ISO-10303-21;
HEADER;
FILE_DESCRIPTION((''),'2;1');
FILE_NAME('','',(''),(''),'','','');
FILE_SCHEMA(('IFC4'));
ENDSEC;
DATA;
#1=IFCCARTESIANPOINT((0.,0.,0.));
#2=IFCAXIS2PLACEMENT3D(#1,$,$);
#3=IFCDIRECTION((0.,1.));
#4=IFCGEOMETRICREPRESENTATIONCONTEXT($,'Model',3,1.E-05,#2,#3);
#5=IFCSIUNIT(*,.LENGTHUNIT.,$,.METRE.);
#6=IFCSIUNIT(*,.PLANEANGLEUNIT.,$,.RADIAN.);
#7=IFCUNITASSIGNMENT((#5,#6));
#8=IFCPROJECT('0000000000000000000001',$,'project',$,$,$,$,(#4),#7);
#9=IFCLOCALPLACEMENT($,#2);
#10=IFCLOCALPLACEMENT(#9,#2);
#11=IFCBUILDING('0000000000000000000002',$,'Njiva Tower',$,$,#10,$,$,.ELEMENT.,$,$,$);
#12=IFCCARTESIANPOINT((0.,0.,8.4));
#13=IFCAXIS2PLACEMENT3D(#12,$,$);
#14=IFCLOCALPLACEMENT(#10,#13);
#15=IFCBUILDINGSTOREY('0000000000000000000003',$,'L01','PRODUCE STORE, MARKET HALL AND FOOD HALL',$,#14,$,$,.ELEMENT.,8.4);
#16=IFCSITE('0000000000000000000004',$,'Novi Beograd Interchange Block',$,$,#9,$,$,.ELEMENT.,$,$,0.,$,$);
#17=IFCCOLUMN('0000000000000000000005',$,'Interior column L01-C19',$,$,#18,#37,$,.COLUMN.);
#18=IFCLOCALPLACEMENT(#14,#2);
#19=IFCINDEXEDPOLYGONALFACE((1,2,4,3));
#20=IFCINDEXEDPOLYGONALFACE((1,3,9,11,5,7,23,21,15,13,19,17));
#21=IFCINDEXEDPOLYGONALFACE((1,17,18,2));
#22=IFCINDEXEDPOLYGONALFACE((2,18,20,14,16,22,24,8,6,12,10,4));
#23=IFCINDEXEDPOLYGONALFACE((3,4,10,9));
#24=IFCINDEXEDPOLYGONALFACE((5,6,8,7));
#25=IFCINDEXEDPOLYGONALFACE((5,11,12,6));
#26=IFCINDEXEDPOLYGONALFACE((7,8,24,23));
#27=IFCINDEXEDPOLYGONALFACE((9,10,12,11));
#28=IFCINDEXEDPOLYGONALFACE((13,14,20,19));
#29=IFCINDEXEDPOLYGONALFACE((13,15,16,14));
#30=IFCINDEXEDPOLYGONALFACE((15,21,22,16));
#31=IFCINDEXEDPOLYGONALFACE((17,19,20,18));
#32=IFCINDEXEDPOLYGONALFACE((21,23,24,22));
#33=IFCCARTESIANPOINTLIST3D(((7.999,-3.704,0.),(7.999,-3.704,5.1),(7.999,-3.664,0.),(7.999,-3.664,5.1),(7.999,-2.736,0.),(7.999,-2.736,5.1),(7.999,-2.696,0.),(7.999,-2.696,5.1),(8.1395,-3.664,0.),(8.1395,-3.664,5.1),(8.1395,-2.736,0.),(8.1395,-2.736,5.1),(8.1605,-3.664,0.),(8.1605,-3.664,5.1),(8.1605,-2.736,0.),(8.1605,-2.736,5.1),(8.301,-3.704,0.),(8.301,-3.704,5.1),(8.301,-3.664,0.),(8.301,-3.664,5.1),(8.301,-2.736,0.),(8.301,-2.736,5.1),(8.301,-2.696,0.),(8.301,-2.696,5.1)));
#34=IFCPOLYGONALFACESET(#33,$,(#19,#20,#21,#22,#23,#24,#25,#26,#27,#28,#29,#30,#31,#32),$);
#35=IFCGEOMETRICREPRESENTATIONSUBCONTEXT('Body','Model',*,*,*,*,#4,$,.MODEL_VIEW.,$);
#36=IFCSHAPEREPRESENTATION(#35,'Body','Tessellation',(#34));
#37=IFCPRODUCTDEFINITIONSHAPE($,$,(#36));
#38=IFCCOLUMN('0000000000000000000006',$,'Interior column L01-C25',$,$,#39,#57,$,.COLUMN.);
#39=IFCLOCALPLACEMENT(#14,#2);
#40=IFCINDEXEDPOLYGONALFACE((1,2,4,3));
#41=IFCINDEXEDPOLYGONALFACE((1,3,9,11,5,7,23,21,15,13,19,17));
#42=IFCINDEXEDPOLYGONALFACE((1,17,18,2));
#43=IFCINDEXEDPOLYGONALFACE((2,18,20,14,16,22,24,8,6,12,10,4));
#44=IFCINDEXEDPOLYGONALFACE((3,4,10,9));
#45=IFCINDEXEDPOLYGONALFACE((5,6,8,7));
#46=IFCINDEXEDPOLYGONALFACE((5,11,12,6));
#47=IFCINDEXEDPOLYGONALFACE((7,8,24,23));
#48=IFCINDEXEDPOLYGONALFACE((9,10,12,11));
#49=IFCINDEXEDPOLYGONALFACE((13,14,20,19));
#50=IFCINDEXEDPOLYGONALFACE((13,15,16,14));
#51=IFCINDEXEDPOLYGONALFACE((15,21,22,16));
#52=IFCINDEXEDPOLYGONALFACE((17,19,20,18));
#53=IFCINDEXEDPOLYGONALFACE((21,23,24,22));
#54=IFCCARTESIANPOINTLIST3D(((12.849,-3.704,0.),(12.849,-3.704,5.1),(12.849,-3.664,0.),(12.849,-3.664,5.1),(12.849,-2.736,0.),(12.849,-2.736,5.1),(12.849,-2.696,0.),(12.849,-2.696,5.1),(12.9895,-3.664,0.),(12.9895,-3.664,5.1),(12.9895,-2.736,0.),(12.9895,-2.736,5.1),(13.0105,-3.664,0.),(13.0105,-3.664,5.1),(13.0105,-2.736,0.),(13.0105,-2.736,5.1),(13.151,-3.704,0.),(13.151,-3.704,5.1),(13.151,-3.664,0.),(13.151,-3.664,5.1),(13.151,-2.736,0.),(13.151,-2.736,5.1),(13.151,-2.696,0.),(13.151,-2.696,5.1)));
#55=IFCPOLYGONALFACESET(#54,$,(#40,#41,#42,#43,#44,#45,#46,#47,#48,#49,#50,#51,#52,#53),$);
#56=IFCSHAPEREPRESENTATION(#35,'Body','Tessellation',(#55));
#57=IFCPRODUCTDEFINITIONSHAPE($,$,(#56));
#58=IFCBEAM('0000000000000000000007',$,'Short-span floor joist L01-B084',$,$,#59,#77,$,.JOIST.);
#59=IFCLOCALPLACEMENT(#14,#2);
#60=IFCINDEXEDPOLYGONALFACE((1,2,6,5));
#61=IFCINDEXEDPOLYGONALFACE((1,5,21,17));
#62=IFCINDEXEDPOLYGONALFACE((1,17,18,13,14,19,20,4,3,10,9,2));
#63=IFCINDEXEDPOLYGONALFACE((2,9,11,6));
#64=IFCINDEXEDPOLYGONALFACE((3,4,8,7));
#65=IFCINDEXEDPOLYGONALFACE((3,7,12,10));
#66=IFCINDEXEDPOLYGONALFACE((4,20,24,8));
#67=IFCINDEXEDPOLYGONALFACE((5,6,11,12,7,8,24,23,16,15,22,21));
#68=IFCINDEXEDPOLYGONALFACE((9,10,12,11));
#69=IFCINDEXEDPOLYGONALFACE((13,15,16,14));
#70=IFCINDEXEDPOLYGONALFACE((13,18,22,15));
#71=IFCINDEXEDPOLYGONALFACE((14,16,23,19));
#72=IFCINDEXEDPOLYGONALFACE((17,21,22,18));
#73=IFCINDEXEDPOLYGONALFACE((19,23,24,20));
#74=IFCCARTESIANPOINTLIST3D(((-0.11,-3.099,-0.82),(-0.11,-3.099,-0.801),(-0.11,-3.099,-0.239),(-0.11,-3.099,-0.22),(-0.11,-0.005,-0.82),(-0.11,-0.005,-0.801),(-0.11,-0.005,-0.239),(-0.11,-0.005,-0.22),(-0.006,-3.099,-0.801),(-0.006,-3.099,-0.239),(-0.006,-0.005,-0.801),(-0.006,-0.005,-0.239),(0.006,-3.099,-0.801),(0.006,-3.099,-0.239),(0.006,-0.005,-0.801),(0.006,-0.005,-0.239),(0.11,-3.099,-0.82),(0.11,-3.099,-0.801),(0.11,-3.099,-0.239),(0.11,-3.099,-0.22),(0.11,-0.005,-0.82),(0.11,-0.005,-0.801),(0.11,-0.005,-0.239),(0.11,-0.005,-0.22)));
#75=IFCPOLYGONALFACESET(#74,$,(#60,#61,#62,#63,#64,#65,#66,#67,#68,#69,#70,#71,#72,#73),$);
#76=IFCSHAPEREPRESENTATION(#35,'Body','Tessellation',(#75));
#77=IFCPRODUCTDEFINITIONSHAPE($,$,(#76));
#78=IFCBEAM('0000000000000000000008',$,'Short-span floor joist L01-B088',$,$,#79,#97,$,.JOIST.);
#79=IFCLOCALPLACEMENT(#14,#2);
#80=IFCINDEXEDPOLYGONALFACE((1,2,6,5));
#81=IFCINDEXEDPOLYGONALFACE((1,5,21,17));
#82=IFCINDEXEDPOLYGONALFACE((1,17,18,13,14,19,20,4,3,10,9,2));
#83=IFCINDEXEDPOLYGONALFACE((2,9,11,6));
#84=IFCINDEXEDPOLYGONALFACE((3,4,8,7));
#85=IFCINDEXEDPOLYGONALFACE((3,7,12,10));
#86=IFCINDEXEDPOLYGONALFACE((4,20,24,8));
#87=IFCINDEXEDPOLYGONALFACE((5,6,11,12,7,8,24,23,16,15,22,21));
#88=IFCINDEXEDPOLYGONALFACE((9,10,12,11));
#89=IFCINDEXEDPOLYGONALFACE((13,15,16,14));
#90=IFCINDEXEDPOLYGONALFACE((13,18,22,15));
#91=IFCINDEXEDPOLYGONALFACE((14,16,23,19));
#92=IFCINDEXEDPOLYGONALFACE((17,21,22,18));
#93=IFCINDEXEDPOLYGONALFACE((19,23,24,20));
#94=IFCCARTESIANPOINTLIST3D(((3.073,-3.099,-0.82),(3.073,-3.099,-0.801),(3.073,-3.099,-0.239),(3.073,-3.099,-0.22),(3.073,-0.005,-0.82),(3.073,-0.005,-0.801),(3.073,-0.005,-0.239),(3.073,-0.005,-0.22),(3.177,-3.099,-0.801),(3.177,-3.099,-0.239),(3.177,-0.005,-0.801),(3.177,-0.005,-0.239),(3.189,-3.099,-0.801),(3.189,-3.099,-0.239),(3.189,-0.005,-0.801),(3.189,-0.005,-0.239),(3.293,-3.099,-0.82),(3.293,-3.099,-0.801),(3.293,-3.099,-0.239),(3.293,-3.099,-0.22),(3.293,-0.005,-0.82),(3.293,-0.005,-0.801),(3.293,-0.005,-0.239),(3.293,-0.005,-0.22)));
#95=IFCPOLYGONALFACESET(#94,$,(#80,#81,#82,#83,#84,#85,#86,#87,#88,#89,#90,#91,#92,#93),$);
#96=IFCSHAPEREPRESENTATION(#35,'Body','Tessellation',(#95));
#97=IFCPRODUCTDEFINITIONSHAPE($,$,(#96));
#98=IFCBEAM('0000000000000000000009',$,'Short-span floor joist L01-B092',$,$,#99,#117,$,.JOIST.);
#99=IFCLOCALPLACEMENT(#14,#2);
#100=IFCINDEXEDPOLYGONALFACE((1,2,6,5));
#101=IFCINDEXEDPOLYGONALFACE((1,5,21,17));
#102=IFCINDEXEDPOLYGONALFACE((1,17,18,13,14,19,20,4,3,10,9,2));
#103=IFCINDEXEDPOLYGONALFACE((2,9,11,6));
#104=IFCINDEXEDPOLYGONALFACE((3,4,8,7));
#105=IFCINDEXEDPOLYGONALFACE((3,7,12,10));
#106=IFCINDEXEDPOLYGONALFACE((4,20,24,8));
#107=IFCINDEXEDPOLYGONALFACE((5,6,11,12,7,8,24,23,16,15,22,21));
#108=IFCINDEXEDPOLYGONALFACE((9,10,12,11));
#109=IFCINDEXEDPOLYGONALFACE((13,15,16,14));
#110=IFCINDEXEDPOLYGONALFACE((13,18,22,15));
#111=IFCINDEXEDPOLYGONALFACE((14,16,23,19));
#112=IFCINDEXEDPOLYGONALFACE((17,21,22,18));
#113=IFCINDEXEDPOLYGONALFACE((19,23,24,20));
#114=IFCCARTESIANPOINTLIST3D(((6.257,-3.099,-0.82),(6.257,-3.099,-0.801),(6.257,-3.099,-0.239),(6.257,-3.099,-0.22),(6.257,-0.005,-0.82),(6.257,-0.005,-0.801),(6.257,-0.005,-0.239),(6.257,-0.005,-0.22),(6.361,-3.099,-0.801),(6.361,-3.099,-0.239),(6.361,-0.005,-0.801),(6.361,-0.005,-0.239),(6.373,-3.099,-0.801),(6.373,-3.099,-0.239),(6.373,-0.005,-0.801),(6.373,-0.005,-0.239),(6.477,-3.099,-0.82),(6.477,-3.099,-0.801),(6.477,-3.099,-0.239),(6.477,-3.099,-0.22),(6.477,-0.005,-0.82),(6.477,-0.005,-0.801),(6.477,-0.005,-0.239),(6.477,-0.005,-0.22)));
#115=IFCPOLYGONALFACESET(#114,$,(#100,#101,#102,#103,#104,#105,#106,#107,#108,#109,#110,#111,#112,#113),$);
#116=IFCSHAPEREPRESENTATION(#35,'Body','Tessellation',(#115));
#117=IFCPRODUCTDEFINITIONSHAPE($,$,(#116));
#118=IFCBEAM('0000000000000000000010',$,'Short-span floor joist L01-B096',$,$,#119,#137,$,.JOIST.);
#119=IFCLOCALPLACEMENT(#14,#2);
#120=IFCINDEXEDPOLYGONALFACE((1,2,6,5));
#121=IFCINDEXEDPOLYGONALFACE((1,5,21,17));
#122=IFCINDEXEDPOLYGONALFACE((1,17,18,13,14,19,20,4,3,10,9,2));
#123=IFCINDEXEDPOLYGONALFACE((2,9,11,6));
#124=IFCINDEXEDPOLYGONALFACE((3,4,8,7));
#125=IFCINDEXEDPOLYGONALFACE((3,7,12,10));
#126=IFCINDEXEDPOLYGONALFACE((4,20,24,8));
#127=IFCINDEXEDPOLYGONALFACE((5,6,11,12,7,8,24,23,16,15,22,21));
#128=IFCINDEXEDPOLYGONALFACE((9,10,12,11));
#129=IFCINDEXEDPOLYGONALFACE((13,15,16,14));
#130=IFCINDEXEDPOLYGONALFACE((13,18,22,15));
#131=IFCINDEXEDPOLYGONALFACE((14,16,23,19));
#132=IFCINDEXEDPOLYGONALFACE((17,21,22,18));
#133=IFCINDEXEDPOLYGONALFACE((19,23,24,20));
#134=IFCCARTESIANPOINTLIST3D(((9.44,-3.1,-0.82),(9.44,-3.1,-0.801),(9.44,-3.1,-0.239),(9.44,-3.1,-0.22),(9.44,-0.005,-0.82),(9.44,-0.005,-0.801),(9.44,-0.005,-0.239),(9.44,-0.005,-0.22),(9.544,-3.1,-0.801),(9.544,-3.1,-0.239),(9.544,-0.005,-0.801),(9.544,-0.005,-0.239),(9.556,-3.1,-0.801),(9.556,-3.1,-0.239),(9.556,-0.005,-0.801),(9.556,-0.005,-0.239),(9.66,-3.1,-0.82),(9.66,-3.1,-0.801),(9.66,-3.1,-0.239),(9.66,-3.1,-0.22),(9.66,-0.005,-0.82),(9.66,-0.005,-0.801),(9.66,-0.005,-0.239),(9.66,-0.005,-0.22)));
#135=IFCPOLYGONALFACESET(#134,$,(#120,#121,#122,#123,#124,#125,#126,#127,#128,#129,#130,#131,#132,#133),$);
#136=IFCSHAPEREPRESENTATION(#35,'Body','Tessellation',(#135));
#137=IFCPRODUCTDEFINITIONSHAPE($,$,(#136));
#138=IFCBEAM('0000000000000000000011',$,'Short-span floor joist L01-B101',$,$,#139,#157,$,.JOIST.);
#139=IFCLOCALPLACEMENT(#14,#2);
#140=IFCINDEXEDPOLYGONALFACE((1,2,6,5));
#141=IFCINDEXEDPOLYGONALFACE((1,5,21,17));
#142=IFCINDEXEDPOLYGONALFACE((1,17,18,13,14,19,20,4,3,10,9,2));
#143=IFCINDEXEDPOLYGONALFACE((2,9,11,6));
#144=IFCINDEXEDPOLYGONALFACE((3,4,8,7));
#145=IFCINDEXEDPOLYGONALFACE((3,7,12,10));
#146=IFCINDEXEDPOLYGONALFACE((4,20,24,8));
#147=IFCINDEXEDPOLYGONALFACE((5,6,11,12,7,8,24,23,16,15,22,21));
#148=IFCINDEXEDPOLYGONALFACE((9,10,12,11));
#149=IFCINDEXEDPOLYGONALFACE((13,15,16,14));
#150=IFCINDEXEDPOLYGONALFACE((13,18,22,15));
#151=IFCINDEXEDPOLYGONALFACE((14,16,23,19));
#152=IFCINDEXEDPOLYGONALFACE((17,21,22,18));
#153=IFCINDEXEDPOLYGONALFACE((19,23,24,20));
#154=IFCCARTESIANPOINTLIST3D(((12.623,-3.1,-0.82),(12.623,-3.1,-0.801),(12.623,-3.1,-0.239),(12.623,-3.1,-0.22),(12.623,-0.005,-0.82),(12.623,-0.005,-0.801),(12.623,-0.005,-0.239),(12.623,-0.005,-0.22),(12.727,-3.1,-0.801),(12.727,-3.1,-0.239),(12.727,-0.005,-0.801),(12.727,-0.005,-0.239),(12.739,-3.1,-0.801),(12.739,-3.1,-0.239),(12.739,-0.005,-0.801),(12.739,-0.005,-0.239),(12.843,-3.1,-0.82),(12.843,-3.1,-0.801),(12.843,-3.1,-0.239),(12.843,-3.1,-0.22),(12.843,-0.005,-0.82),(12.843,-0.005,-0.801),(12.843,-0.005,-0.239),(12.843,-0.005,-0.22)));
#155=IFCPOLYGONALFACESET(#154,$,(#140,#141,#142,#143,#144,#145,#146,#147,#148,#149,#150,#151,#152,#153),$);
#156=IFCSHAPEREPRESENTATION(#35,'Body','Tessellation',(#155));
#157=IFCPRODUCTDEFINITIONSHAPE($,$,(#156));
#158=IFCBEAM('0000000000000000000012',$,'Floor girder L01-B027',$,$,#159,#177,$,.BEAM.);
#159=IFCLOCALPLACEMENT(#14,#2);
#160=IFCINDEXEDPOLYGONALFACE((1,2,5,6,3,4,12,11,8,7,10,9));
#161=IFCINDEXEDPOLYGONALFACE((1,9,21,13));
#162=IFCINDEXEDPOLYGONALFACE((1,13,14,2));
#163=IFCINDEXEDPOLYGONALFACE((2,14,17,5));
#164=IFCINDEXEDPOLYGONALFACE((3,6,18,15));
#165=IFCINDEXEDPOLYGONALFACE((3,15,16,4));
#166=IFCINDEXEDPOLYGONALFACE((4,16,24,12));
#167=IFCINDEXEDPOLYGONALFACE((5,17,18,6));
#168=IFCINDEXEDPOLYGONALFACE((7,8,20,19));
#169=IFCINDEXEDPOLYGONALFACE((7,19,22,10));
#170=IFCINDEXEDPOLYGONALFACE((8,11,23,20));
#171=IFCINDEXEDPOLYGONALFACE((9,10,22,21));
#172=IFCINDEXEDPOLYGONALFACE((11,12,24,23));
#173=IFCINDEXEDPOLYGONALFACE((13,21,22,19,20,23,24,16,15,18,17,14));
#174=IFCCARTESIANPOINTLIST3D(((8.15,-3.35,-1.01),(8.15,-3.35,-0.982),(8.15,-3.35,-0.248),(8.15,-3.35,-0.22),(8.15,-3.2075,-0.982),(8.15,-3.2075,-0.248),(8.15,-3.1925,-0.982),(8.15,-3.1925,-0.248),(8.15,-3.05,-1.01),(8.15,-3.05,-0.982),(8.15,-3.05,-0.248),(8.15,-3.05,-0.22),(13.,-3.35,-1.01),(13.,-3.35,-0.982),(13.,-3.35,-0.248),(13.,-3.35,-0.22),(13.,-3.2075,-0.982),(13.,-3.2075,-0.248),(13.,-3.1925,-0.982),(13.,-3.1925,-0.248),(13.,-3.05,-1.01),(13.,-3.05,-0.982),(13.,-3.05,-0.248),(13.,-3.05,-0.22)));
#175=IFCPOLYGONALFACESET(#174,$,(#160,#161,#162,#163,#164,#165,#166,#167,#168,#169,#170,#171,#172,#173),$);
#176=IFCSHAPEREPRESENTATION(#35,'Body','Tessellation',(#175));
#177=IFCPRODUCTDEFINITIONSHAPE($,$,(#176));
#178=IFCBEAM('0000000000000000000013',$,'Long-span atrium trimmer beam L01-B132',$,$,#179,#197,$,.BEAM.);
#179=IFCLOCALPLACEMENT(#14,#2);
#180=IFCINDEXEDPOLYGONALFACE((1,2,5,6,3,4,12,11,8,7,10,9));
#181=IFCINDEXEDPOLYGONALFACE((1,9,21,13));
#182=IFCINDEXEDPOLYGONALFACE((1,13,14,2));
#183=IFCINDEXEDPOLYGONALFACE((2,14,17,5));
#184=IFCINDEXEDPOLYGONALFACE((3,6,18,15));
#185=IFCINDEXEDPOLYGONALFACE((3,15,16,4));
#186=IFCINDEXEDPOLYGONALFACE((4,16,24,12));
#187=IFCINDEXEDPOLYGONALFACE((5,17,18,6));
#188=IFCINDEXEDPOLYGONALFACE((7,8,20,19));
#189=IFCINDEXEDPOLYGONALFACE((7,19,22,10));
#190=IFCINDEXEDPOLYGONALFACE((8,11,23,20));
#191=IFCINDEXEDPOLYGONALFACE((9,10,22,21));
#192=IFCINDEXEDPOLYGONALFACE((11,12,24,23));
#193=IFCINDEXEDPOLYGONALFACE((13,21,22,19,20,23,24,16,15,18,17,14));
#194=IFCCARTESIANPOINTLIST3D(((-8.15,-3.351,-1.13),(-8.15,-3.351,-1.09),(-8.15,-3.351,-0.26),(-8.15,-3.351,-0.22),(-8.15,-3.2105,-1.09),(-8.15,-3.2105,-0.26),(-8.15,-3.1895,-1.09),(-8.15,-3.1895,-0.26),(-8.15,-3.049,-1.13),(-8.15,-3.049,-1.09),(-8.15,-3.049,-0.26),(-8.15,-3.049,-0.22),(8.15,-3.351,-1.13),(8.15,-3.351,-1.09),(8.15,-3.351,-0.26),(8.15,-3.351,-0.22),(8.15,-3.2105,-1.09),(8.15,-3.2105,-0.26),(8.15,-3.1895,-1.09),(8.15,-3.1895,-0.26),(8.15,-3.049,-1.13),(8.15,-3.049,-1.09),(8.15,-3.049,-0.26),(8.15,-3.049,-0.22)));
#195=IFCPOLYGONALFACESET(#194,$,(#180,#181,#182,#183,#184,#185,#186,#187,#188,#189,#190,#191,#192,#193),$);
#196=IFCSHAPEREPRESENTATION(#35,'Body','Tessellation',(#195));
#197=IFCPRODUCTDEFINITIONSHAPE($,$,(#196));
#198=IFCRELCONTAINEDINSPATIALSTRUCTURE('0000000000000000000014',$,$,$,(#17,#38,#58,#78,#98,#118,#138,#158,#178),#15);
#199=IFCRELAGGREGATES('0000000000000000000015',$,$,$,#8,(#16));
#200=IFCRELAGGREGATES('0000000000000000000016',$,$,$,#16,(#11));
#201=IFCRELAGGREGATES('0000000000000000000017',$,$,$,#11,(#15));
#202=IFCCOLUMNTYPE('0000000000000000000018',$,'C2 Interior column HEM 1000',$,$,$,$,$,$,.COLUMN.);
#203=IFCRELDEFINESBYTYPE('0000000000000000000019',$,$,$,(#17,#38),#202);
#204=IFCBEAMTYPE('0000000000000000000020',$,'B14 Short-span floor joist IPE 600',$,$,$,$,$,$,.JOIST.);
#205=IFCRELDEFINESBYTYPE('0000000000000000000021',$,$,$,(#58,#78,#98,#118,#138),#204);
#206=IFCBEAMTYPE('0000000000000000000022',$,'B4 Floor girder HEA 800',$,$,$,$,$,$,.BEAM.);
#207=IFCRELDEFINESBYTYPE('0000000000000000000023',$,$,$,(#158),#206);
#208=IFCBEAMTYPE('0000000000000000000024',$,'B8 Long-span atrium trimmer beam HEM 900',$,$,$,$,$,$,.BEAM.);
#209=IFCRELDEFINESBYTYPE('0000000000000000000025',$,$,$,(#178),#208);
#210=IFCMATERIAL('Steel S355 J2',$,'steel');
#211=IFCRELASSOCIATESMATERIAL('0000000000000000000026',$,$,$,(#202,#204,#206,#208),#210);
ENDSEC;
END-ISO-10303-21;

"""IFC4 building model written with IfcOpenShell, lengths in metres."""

from ifc_helpers import new_model, si_unit, direction, frame, origin, origin_2d, place, context, subcontext, project, spatial, i_section, extrude, material, material_profile, profile_set, type_object, element, save


model = new_model("IFC4")

# Units and contexts
model_context = context("Model", 3, precision=1e-05, world=origin(), true_north=direction((0.0, 1.0)))
body_context = subcontext(model_context, "Body", "Model", "MODEL_VIEW")
ifc_project = project(units=[si_unit("LENGTHUNIT", "METRE"), si_unit("PLANEANGLEUNIT", "RADIAN")], contexts=[model_context])

# Site, building, storey
site_placement = place(None, origin())
site = spatial("IfcSite", under=ifc_project, at=site_placement, Name="Novi Beograd Interchange Block", CompositionType="ELEMENT", RefElevation=0.0)
building_placement = place(site_placement, origin())
building = spatial("IfcBuilding", under=site, at=building_placement, Name="Njiva Tower", CompositionType="ELEMENT")
storey_placement = place(building_placement, frame((0.0, 0.0, 8.4)))
storey = spatial("IfcBuildingStorey", under=building, at=storey_placement, Name="L01", Description="PRODUCE STORE, MARKET HALL AND FOOD HALL", CompositionType="ELEMENT", Elevation=8.4)

# Columns
ifc_material_1 = material(Name="Steel S355 J2", Category="steel")
ifc_material_profile_1 = material_profile(ifc_material_1, i_section(OverallWidth=0.302, OverallDepth=1.008, WebThickness=0.021, FlangeThickness=0.04, at=origin_2d()), Name="HEM 1000")
ifc_profile_set_1 = profile_set([ifc_material_profile_1], Name="Steel S355 J2")
column_type = type_object("IfcColumnType", Name="C2 Interior column HEM 1000", PredefinedType="COLUMN", material=ifc_profile_set_1)
for number, where, z_axis, x_axis, name in (
    (1, (8.15, -3.2, 0.0), (0.0, 0.0, 1.0), (1.0, 0.0, 0.0), "Interior column L01-C19"),
    (2, (13.0, -3.2, 0.0), (0.0, 0.0, 1.0), (1.0, 0.0, 0.0), "Interior column L01-C25"),
):
    element("IfcColumn", number, at=place(storey_placement, frame(where, z_axis=z_axis, x_axis=x_axis)), inside=storey, type_object=column_type, Name=name, PredefinedType="COLUMN", context=body_context, shape_type="SweptSolid", body=[
        extrude(i_section(OverallWidth=0.302, OverallDepth=1.008, WebThickness=0.021, FlangeThickness=0.04, at=origin_2d()), origin(), (0.0, 0.0, 1.0), 5.1),
    ])

# Beams
ifc_material_profile_2 = material_profile(ifc_material_1, i_section(OverallWidth=0.22, OverallDepth=0.6, WebThickness=0.012, FlangeThickness=0.019, at=origin_2d()), Name="IPE 600")
ifc_profile_set_2 = profile_set([ifc_material_profile_2], Name="Steel S355 J2")
beam_type_1 = type_object("IfcBeamType", Name="B14 Short-span floor joist IPE 600", PredefinedType="JOIST", material=ifc_profile_set_2)
for number, where, z_axis, x_axis, name in (
    (3, (0.0, -0.005, -0.52), (0.0, -1.0, 0.0), (1.0, 0.0, 0.0), "Short-span floor joist L01-B084"),
    (4, (3.183, -0.005, -0.52), (0.0, -1.0, 0.0), (1.0, 0.0, 0.0), "Short-span floor joist L01-B088"),
    (5, (6.367, -0.005, -0.52), (0.0, -1.0, 0.0), (1.0, 0.0, 0.0), "Short-span floor joist L01-B092"),
):
    element("IfcBeam", number, at=place(storey_placement, frame(where, z_axis=z_axis, x_axis=x_axis)), inside=storey, type_object=beam_type_1, Name=name, PredefinedType="JOIST", context=body_context, shape_type="SweptSolid", body=[
        extrude(i_section(OverallWidth=0.22, OverallDepth=0.6, WebThickness=0.012, FlangeThickness=0.019, at=origin_2d()), origin(), (0.0, 0.0, 1.0), 3.094),
    ])
for number, where, z_axis, x_axis, name in (
    (6, (9.55, -0.005, -0.52), (0.0, -1.0, 0.0), (1.0, 0.0, 0.0), "Short-span floor joist L01-B096"),
    (7, (12.733, -0.005, -0.52), (0.0, -1.0, 0.0), (1.0, 0.0, 0.0), "Short-span floor joist L01-B101"),
):
    element("IfcBeam", number, at=place(storey_placement, frame(where, z_axis=z_axis, x_axis=x_axis)), inside=storey, type_object=beam_type_1, Name=name, PredefinedType="JOIST", context=body_context, shape_type="SweptSolid", body=[
        extrude(i_section(OverallWidth=0.22, OverallDepth=0.6, WebThickness=0.012, FlangeThickness=0.019, at=origin_2d()), origin(), (0.0, 0.0, 1.0), 3.095),
    ])
ifc_material_profile_3 = material_profile(ifc_material_1, i_section(OverallWidth=0.3, OverallDepth=0.79, WebThickness=0.015, FlangeThickness=0.028, at=origin_2d()), Name="HEA 800")
ifc_profile_set_3 = profile_set([ifc_material_profile_3], Name="Steel S355 J2")
beam_type_2 = type_object("IfcBeamType", Name="B4 Floor girder HEA 800", PredefinedType="BEAM", material=ifc_profile_set_3)
beam_1_placement = place(storey_placement, frame((8.15, -3.2, -0.615), z_axis=(1.0, 0.0, 0.0), x_axis=(0.0, 1.0, 0.0)))
element("IfcBeam", 8, at=beam_1_placement, inside=storey, type_object=beam_type_2, Name="Floor girder L01-B027", PredefinedType="BEAM", context=body_context, shape_type="SweptSolid", body=[
    extrude(i_section(OverallWidth=0.3, OverallDepth=0.79, WebThickness=0.015, FlangeThickness=0.028, at=origin_2d()), origin(), (0.0, 0.0, 1.0), 4.85),
])
ifc_material_profile_4 = material_profile(ifc_material_1, i_section(OverallWidth=0.302, OverallDepth=0.91, WebThickness=0.021, FlangeThickness=0.04, at=origin_2d()), Name="HEM 900")
ifc_profile_set_4 = profile_set([ifc_material_profile_4], Name="Steel S355 J2")
beam_type_3 = type_object("IfcBeamType", Name="B8 Long-span atrium trimmer beam HEM 900", PredefinedType="BEAM", material=ifc_profile_set_4)
beam_2_placement = place(storey_placement, frame((8.15, -3.2, -0.675), z_axis=(-1.0, 0.0, 0.0), x_axis=(0.0, -1.0, 0.0)))
element("IfcBeam", 9, at=beam_2_placement, inside=storey, type_object=beam_type_3, Name="Long-span atrium trimmer beam L01-B132", PredefinedType="BEAM", context=body_context, shape_type="SweptSolid", body=[
    extrude(i_section(OverallWidth=0.302, OverallDepth=0.91, WebThickness=0.021, FlangeThickness=0.04, at=origin_2d()), origin(), (0.0, 0.0, 1.0), 16.3),
])

save(model, "model.ifc")
